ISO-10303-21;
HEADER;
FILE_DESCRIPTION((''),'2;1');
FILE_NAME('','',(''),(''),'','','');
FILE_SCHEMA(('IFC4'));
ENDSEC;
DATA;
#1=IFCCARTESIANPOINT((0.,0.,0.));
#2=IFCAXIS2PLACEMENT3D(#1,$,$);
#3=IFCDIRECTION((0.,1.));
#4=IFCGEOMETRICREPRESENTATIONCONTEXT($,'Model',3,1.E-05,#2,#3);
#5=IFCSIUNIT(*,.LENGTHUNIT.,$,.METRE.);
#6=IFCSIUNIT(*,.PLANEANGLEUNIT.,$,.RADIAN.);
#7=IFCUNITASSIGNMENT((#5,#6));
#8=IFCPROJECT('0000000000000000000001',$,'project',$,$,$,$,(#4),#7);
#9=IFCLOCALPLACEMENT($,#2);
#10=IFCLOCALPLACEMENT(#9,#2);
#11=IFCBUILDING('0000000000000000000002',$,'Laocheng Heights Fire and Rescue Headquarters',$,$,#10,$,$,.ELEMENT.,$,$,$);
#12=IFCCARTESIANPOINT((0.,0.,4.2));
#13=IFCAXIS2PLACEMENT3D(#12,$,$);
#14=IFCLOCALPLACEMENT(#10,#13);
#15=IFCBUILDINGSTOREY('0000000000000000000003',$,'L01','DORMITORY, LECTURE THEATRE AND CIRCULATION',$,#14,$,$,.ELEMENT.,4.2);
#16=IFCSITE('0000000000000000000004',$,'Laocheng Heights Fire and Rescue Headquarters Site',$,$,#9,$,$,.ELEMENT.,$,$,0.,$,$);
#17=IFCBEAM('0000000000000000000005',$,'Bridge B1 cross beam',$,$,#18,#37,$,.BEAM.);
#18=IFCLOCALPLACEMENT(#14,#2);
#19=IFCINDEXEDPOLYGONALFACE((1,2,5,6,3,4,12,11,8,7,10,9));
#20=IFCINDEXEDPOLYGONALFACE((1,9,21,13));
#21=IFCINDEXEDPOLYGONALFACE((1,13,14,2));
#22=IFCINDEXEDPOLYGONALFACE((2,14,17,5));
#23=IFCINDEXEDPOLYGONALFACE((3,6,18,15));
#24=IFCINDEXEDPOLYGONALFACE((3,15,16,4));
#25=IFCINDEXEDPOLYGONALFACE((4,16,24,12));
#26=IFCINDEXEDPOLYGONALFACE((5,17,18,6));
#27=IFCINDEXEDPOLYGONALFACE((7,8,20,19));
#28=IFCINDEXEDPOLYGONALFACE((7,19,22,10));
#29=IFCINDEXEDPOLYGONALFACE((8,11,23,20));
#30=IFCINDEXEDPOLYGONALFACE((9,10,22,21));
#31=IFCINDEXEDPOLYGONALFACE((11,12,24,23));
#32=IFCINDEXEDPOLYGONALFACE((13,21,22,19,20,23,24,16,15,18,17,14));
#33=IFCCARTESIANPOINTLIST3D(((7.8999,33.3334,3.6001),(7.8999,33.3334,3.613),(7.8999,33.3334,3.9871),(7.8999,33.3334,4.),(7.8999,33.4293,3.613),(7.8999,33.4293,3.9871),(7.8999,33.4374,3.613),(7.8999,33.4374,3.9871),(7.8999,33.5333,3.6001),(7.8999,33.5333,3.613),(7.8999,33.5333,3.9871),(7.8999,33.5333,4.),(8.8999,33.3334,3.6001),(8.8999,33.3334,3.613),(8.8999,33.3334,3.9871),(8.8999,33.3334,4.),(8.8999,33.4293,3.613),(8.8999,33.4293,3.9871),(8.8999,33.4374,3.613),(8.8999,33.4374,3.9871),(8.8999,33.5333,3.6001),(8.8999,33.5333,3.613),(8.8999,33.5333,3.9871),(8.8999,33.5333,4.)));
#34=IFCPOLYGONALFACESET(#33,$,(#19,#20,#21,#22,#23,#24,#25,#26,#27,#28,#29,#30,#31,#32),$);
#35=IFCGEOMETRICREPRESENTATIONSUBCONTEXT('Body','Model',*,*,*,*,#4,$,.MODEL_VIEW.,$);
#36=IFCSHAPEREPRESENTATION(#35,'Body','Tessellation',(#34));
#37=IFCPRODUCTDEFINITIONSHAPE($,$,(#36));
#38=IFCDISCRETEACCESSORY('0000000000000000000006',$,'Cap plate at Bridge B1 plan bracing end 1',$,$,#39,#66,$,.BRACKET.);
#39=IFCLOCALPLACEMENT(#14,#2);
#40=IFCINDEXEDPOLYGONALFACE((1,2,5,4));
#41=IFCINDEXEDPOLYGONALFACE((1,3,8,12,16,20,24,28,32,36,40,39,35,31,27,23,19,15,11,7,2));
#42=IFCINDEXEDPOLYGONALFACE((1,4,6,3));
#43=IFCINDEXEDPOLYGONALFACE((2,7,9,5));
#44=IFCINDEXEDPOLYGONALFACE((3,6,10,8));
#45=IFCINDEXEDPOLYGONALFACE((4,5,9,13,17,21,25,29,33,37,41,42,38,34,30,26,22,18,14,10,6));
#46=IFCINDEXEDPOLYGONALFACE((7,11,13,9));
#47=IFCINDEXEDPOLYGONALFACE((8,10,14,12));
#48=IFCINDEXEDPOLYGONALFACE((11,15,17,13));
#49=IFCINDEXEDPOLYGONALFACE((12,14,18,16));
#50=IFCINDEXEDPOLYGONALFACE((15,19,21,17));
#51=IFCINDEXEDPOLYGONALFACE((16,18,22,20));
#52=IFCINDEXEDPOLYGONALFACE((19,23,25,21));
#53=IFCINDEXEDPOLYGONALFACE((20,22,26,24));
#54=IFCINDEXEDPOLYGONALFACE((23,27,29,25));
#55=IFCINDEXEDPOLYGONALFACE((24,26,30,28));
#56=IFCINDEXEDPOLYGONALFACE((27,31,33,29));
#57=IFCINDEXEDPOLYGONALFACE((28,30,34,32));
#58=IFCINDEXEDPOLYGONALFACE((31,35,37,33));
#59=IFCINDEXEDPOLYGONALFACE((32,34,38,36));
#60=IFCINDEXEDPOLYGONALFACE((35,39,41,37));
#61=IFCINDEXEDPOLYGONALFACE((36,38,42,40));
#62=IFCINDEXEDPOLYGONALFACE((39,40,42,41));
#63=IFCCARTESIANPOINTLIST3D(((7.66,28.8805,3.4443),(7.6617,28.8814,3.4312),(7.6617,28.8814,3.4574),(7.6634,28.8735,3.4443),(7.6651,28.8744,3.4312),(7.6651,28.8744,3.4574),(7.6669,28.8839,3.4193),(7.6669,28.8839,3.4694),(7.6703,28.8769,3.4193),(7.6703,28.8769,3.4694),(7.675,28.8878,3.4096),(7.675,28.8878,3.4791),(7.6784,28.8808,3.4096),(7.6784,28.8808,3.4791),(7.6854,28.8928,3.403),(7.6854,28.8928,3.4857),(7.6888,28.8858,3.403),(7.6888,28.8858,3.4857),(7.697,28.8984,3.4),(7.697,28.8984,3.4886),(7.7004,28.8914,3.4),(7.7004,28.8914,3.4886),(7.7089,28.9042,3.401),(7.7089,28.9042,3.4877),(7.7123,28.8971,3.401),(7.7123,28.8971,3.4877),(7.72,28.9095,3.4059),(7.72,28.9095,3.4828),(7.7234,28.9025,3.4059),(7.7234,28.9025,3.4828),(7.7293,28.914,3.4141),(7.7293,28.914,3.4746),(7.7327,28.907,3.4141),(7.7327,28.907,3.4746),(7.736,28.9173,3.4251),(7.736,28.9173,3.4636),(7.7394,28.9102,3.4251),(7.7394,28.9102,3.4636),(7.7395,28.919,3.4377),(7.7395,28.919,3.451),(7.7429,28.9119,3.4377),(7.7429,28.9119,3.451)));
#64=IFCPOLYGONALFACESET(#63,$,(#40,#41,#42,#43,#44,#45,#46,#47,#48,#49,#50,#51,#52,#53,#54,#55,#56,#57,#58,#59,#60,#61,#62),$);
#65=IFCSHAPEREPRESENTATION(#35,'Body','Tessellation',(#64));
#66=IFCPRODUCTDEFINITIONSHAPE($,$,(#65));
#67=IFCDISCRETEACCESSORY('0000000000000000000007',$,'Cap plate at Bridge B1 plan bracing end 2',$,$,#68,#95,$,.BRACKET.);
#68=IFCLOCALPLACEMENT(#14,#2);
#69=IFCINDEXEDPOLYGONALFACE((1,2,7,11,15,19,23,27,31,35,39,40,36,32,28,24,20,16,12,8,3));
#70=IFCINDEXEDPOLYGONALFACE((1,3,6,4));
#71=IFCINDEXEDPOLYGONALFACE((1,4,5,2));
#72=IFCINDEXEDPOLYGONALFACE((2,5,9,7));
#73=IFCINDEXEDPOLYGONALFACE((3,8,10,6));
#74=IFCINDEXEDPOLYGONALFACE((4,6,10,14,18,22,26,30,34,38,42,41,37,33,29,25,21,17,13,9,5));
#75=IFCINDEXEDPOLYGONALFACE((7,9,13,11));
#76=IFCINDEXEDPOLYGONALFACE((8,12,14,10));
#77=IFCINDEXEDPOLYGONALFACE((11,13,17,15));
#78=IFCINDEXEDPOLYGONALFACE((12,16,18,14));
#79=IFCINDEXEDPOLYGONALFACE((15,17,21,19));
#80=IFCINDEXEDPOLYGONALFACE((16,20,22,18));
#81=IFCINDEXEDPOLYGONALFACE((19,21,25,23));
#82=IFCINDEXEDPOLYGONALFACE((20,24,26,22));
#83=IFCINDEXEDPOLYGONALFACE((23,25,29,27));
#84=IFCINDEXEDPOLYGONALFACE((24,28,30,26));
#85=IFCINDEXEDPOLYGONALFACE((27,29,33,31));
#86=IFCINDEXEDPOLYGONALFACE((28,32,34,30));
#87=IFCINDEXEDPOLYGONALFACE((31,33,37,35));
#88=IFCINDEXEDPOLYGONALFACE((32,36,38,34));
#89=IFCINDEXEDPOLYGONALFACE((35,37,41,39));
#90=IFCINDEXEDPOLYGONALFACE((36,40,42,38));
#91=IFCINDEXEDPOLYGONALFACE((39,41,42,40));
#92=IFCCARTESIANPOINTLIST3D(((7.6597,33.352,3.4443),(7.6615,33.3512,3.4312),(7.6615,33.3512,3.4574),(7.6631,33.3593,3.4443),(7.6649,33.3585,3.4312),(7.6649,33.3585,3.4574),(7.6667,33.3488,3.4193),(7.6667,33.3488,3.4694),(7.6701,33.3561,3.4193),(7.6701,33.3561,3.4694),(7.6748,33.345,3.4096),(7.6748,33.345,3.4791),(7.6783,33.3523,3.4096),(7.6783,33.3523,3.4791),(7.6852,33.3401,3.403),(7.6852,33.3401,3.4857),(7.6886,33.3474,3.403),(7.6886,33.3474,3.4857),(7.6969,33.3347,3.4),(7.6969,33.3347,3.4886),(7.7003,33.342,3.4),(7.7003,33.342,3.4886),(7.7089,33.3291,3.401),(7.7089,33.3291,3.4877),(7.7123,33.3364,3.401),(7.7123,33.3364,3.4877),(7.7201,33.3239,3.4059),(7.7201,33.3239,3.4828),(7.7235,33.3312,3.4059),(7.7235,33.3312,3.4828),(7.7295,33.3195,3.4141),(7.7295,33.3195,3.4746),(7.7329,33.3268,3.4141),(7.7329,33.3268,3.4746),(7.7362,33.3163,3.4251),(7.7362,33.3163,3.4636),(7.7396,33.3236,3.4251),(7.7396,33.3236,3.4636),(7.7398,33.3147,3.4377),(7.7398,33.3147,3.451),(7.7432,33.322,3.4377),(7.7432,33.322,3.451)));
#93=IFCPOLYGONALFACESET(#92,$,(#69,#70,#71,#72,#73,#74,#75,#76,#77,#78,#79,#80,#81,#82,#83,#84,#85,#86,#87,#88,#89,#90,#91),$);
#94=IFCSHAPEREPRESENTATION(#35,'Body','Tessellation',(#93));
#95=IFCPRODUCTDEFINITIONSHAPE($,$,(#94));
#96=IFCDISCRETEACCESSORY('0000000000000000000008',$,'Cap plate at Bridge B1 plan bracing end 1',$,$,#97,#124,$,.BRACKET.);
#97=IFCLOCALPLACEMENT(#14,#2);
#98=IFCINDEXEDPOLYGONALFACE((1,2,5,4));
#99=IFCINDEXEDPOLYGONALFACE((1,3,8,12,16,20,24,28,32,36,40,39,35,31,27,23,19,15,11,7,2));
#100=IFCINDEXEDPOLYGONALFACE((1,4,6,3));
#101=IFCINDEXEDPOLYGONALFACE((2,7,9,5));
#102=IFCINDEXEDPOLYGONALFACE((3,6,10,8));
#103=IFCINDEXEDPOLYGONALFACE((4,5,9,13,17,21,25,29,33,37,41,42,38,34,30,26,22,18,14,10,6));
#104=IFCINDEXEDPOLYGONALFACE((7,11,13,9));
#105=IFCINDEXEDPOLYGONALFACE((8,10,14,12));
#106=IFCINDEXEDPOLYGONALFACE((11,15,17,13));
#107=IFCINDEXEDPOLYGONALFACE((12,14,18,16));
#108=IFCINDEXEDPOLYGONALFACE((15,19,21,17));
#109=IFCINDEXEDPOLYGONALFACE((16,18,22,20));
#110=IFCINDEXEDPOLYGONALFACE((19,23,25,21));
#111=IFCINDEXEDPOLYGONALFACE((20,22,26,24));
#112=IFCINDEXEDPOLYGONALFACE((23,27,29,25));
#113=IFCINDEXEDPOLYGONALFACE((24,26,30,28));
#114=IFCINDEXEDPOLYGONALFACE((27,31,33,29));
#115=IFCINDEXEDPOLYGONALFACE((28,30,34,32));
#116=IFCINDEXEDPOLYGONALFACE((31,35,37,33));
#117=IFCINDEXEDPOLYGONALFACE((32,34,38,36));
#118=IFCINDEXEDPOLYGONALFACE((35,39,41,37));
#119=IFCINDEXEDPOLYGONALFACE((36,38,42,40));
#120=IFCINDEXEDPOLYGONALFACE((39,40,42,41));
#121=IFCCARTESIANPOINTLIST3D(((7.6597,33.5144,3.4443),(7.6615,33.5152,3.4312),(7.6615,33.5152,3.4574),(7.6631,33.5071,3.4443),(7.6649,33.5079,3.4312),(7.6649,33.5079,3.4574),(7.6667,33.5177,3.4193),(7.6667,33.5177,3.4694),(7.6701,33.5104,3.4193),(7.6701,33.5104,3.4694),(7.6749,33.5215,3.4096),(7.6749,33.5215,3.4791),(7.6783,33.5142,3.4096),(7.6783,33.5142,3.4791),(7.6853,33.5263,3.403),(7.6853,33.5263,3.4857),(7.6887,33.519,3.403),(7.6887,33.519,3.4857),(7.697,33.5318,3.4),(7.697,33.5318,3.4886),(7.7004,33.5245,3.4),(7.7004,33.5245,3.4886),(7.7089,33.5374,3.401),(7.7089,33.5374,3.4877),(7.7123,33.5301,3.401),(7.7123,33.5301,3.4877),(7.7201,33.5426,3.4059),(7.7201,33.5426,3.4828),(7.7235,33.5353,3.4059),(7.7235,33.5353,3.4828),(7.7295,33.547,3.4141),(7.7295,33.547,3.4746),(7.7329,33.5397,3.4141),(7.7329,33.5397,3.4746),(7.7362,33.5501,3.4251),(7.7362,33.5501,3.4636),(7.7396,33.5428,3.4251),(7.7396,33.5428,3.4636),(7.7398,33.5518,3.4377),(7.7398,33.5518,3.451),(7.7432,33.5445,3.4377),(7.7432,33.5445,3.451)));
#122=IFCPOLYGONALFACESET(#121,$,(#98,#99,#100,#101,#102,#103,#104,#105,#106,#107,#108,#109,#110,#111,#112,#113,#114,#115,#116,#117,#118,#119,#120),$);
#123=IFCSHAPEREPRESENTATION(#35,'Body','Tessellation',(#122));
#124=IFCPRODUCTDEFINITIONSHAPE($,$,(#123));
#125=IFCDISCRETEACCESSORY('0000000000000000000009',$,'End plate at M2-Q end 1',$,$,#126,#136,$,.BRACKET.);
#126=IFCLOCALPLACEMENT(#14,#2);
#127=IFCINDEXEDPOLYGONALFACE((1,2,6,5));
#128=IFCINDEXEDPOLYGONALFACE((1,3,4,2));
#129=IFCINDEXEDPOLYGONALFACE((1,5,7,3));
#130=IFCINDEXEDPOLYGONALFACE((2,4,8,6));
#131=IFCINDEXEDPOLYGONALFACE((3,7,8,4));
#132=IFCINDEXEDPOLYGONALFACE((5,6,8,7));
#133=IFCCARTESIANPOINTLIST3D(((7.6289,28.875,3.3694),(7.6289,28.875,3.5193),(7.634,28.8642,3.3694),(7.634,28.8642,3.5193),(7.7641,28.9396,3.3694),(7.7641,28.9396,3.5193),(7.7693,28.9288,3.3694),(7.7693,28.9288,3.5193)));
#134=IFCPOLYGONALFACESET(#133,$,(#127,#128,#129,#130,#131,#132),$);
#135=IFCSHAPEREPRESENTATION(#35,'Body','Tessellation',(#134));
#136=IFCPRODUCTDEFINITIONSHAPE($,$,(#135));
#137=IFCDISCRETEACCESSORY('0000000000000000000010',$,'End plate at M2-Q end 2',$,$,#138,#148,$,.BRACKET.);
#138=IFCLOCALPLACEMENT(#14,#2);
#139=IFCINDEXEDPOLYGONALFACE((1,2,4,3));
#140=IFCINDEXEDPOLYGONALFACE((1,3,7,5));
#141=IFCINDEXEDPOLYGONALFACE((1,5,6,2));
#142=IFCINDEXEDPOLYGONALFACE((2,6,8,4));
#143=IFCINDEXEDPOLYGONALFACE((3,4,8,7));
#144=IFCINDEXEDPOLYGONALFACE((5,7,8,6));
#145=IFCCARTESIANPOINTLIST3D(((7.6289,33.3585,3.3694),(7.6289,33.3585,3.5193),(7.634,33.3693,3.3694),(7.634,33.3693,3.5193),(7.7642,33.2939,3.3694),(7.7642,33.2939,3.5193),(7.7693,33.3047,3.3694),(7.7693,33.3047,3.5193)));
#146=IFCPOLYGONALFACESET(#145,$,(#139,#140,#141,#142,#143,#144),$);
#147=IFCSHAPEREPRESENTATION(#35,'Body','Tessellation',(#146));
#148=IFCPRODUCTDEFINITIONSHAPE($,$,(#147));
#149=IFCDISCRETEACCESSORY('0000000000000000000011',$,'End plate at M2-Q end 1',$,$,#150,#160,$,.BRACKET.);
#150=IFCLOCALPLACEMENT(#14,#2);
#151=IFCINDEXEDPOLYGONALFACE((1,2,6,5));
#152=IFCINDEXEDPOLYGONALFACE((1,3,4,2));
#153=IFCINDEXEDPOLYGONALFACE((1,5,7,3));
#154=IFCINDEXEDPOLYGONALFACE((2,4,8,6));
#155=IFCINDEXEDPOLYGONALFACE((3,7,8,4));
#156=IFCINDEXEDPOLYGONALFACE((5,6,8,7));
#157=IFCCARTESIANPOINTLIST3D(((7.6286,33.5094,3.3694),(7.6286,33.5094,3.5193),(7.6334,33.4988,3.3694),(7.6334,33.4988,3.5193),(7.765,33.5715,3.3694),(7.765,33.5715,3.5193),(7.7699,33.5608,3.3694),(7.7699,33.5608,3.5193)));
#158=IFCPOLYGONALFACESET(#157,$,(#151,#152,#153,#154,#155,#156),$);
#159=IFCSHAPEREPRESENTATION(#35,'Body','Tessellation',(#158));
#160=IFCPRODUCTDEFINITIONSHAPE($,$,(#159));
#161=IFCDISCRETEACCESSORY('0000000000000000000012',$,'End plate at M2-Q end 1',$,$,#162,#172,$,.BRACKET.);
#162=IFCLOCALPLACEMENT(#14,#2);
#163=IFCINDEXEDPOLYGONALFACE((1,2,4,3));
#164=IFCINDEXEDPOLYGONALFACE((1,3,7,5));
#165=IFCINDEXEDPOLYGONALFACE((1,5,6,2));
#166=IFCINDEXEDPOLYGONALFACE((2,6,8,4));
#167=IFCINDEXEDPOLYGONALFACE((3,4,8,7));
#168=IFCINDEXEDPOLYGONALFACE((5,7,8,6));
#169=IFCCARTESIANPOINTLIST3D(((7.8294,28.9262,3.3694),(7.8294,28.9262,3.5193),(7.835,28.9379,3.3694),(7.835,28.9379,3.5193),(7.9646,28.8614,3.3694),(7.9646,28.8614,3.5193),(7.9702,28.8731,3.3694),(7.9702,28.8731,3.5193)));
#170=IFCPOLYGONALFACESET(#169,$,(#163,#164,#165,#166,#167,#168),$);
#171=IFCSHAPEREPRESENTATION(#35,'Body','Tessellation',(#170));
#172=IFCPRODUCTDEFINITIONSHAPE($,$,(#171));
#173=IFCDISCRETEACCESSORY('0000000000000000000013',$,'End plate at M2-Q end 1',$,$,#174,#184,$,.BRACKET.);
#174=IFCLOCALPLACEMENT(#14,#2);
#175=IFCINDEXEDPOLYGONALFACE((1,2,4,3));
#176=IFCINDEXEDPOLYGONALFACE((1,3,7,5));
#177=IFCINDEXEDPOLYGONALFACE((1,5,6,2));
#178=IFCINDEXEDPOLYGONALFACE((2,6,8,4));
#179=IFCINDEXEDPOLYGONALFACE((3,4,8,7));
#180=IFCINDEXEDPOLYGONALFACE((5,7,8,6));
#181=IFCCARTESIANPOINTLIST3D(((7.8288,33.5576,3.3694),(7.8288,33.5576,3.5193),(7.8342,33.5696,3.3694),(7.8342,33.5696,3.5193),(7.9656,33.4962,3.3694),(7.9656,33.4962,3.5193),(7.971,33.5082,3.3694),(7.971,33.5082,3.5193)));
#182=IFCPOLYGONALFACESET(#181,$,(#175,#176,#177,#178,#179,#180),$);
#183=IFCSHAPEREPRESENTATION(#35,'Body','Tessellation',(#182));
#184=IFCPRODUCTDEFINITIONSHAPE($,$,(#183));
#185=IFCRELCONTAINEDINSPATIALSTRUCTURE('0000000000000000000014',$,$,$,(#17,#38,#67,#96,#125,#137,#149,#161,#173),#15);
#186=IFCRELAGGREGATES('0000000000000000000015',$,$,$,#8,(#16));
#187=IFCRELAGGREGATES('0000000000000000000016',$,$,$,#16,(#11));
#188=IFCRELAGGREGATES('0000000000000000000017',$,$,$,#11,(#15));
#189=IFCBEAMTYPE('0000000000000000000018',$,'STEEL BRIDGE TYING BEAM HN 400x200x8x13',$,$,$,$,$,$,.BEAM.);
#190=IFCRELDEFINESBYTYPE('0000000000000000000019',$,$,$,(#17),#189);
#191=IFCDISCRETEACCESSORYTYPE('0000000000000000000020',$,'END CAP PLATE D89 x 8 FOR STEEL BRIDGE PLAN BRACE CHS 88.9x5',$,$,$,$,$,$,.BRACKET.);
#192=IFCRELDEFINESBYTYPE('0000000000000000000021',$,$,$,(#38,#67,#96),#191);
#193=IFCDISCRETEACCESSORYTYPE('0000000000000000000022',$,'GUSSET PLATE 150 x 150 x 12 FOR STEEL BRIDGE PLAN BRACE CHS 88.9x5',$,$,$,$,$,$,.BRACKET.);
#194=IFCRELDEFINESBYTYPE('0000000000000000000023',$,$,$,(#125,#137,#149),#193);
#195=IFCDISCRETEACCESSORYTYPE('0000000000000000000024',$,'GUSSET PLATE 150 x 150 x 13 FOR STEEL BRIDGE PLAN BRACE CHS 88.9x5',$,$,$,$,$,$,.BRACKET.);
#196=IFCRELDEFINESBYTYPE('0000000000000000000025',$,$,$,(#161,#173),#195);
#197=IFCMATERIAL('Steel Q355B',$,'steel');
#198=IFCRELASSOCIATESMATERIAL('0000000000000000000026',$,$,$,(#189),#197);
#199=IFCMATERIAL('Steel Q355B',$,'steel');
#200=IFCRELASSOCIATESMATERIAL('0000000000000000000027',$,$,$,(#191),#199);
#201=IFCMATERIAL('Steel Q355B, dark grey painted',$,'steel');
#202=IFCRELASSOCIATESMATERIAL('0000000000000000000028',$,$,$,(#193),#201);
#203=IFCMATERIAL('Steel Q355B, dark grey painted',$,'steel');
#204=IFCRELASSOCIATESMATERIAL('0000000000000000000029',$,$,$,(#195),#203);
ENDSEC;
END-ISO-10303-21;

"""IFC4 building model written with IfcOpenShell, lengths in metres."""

from ifc_helpers import new_model, si_unit, direction, frame, origin, origin_2d, place, context, subcontext, project, spatial, rectangle, circle, i_section, extrude, material, material_profile, profile_set, type_object, element, save


model = new_model("IFC4")

# Units and contexts
model_context = context("Model", 3, precision=1e-05, world=origin(), true_north=direction((0.0, 1.0)))
body_context = subcontext(model_context, "Body", "Model", "MODEL_VIEW")
ifc_project = project(units=[si_unit("LENGTHUNIT", "METRE"), si_unit("PLANEANGLEUNIT", "RADIAN")], contexts=[model_context])

# Site, building, storey
site_placement = place(None, origin())
site = spatial("IfcSite", under=ifc_project, at=site_placement, Name="Laocheng Heights Fire and Rescue Headquarters Site", CompositionType="ELEMENT", RefElevation=0.0)
building_placement = place(site_placement, origin())
building = spatial("IfcBuilding", under=site, at=building_placement, Name="Laocheng Heights Fire and Rescue Headquarters", CompositionType="ELEMENT")
storey_placement = place(building_placement, frame((0.0, 0.0, 4.2)))
storey = spatial("IfcBuildingStorey", under=building, at=storey_placement, Name="L01", Description="DORMITORY, LECTURE THEATRE AND CIRCULATION", CompositionType="ELEMENT", Elevation=4.2)

# Beam
ifc_material_1 = material(Name="Steel Q355B", Category="steel")
ifc_material_profile_1 = material_profile(ifc_material_1, i_section(OverallWidth=0.2, OverallDepth=0.3999, WebThickness=0.0081, FlangeThickness=0.0129, at=origin_2d()), Name="HN 400x200x8x13")
ifc_profile_set_1 = profile_set([ifc_material_profile_1], Name="Steel Q355B")
beam_type_1 = type_object("IfcBeamType", Name="STEEL BRIDGE TYING BEAM HN 400x200x8x13", PredefinedType="BEAM", material=ifc_profile_set_1)
for number, where, z_axis, x_axis, name in (
    (1, (7.8999, 33.4333, 3.8), (1.0, 0.0, 0.0), (0.0, 1.0, 0.0), "Bridge B1 cross beam"),
):
    element("IfcBeam", number, at=place(storey_placement, frame(where, z_axis=z_axis, x_axis=x_axis)), inside=storey, type_object=beam_type_1, Name=name, PredefinedType="BEAM", context=body_context, shape_type="SweptSolid", body=[
        extrude(i_section(OverallWidth=0.2, OverallDepth=0.3999, WebThickness=0.0081, FlangeThickness=0.0129, at=origin_2d()), origin(), (0.0, 0.0, 1.0), 1.0),
    ])

# Discrete accessories
ifc_material_2 = material(Name="Steel Q355B", Category="steel")
ifc_material_profile_2 = material_profile(ifc_material_2, circle(Radius=0.0444, at=origin_2d()), Name="END CAP PLATE D89 x 8 FOR STEEL BRIDGE PLAN BRACE CHS 88.9x5")
ifc_profile_set_2 = profile_set([ifc_material_profile_2], Name="Steel Q355B")
discrete_accessory_type_1 = type_object("IfcDiscreteAccessoryType", Name="END CAP PLATE D89 x 8 FOR STEEL BRIDGE PLAN BRACE CHS 88.9x5", PredefinedType="BRACKET", material=ifc_profile_set_2)
discrete_accessory_1_placement = place(storey_placement, frame((7.7034, 28.8928, 3.4443), z_axis=(-0.434749, 0.900552, 0.0), x_axis=(-0.900552, -0.434749, 0.0)))
element("IfcDiscreteAccessory", 2, at=discrete_accessory_1_placement, inside=storey, type_object=discrete_accessory_type_1, Name="Cap plate at Bridge B1 plan bracing end 1", PredefinedType="BRACKET", context=body_context, shape_type="SweptSolid", body=[
    extrude(circle(Radius=0.0444, at=origin_2d()), origin(), (0.0, 0.0, 1.0), 0.0078),
])
for number, where, z_axis, x_axis, name in (
    (3, (7.7, 33.3333, 3.4443), (0.422885, 0.906183, 0.0), (-0.906183, 0.422885, 0.0), "Cap plate at Bridge B1 plan bracing end 2"),
    (4, (7.7034, 33.5259, 3.4443), (-0.422885, 0.906183, 0.0), (-0.906183, -0.422885, 0.0), "Cap plate at Bridge B1 plan bracing end 1"),
):
    element("IfcDiscreteAccessory", number, at=place(storey_placement, frame(where, z_axis=z_axis, x_axis=x_axis)), inside=storey, type_object=discrete_accessory_type_1, Name=name, PredefinedType="BRACKET", context=body_context, shape_type="SweptSolid", body=[
        extrude(circle(Radius=0.0444, at=origin_2d()), origin(), (0.0, 0.0, 1.0), 0.0081),
    ])
ifc_material_3 = material(Name="Steel Q355B, dark grey painted", Category="steel")
ifc_material_profile_3 = material_profile(ifc_material_3, rectangle(XDim=0.1499, YDim=0.1499, at=origin_2d()), Name="GUSSET PLATE 150 x 150 x 12 FOR STEEL BRIDGE PLAN BRACE CHS 88.9x5")
ifc_profile_set_3 = profile_set([ifc_material_profile_3], Name="Steel Q355B, dark grey painted")
discrete_accessory_type_2 = type_object("IfcDiscreteAccessoryType", Name="GUSSET PLATE 150 x 150 x 12 FOR STEEL BRIDGE PLAN BRACE CHS 88.9x5", PredefinedType="BRACKET", material=ifc_profile_set_3)
for number, where, z_axis, x_axis, name in (
    (5, (7.7017, 28.8965, 3.4443), (-0.43073, 0.902481, 0.0), (-0.902481, -0.43073, 0.0), "End plate at M2-Q end 1"),
    (6, (7.6965, 33.3262, 3.4443), (0.43073, 0.902481, 0.0), (-0.902481, 0.43073, 0.0), "End plate at M2-Q end 2"),
):
    element("IfcDiscreteAccessory", number, at=place(storey_placement, frame(where, z_axis=z_axis, x_axis=x_axis)), inside=storey, type_object=discrete_accessory_type_2, Name=name, PredefinedType="BRACKET", context=body_context, shape_type="SweptSolid", body=[
        extrude(rectangle(XDim=0.1499, YDim=0.1499, at=origin_2d()), origin(), (0.0, 0.0, 1.0), 0.012),
    ])
discrete_accessory_2_placement = place(storey_placement, frame((7.7017, 33.5298, 3.4443), z_axis=(-0.413803, 0.910366, 0.0), x_axis=(-0.910366, -0.413803, 0.0)))
element("IfcDiscreteAccessory", 7, at=discrete_accessory_2_placement, inside=storey, type_object=discrete_accessory_type_2, Name="End plate at M2-Q end 1", PredefinedType="BRACKET", context=body_context, shape_type="SweptSolid", body=[
    extrude(rectangle(XDim=0.1499, YDim=0.1499, at=origin_2d()), origin(), (0.0, 0.0, 1.0), 0.0117),
])
ifc_material_4 = material(Name="Steel Q355B, dark grey painted", Category="steel")
ifc_material_profile_4 = material_profile(ifc_material_4, rectangle(XDim=0.1499, YDim=0.1499, at=origin_2d()), Name="GUSSET PLATE 150 x 150 x 13 FOR STEEL BRIDGE PLAN BRACE CHS 88.9x5")
ifc_profile_set_4 = profile_set([ifc_material_profile_4], Name="Steel Q355B, dark grey painted")
discrete_accessory_type_3 = type_object("IfcDiscreteAccessoryType", Name="GUSSET PLATE 150 x 150 x 13 FOR STEEL BRIDGE PLAN BRACE CHS 88.9x5", PredefinedType="BRACKET", material=ifc_profile_set_4)
discrete_accessory_3_placement = place(storey_placement, frame((7.897, 28.8938, 3.4443), z_axis=(0.43212, 0.901816, 0.0), x_axis=(-0.901816, 0.43212, 0.0)))
element("IfcDiscreteAccessory", 8, at=discrete_accessory_3_placement, inside=storey, type_object=discrete_accessory_type_3, Name="End plate at M2-Q end 1", PredefinedType="BRACKET", context=body_context, shape_type="SweptSolid", body=[
    extrude(rectangle(XDim=0.1499, YDim=0.1499, at=origin_2d()), origin(), (0.0, 0.0, 1.0), 0.0129),
])
discrete_accessory_4_placement = place(storey_placement, frame((7.8972, 33.5269, 3.4443), z_axis=(0.40959, 0.91227, 0.0), x_axis=(-0.91227, 0.40959, 0.0)))
element("IfcDiscreteAccessory", 9, at=discrete_accessory_4_placement, inside=storey, type_object=discrete_accessory_type_3, Name="End plate at M2-Q end 1", PredefinedType="BRACKET", context=body_context, shape_type="SweptSolid", body=[
    extrude(rectangle(XDim=0.1499, YDim=0.1499, at=origin_2d()), origin(), (0.0, 0.0, 1.0), 0.0132),
])

save(model, "model.ifc")
